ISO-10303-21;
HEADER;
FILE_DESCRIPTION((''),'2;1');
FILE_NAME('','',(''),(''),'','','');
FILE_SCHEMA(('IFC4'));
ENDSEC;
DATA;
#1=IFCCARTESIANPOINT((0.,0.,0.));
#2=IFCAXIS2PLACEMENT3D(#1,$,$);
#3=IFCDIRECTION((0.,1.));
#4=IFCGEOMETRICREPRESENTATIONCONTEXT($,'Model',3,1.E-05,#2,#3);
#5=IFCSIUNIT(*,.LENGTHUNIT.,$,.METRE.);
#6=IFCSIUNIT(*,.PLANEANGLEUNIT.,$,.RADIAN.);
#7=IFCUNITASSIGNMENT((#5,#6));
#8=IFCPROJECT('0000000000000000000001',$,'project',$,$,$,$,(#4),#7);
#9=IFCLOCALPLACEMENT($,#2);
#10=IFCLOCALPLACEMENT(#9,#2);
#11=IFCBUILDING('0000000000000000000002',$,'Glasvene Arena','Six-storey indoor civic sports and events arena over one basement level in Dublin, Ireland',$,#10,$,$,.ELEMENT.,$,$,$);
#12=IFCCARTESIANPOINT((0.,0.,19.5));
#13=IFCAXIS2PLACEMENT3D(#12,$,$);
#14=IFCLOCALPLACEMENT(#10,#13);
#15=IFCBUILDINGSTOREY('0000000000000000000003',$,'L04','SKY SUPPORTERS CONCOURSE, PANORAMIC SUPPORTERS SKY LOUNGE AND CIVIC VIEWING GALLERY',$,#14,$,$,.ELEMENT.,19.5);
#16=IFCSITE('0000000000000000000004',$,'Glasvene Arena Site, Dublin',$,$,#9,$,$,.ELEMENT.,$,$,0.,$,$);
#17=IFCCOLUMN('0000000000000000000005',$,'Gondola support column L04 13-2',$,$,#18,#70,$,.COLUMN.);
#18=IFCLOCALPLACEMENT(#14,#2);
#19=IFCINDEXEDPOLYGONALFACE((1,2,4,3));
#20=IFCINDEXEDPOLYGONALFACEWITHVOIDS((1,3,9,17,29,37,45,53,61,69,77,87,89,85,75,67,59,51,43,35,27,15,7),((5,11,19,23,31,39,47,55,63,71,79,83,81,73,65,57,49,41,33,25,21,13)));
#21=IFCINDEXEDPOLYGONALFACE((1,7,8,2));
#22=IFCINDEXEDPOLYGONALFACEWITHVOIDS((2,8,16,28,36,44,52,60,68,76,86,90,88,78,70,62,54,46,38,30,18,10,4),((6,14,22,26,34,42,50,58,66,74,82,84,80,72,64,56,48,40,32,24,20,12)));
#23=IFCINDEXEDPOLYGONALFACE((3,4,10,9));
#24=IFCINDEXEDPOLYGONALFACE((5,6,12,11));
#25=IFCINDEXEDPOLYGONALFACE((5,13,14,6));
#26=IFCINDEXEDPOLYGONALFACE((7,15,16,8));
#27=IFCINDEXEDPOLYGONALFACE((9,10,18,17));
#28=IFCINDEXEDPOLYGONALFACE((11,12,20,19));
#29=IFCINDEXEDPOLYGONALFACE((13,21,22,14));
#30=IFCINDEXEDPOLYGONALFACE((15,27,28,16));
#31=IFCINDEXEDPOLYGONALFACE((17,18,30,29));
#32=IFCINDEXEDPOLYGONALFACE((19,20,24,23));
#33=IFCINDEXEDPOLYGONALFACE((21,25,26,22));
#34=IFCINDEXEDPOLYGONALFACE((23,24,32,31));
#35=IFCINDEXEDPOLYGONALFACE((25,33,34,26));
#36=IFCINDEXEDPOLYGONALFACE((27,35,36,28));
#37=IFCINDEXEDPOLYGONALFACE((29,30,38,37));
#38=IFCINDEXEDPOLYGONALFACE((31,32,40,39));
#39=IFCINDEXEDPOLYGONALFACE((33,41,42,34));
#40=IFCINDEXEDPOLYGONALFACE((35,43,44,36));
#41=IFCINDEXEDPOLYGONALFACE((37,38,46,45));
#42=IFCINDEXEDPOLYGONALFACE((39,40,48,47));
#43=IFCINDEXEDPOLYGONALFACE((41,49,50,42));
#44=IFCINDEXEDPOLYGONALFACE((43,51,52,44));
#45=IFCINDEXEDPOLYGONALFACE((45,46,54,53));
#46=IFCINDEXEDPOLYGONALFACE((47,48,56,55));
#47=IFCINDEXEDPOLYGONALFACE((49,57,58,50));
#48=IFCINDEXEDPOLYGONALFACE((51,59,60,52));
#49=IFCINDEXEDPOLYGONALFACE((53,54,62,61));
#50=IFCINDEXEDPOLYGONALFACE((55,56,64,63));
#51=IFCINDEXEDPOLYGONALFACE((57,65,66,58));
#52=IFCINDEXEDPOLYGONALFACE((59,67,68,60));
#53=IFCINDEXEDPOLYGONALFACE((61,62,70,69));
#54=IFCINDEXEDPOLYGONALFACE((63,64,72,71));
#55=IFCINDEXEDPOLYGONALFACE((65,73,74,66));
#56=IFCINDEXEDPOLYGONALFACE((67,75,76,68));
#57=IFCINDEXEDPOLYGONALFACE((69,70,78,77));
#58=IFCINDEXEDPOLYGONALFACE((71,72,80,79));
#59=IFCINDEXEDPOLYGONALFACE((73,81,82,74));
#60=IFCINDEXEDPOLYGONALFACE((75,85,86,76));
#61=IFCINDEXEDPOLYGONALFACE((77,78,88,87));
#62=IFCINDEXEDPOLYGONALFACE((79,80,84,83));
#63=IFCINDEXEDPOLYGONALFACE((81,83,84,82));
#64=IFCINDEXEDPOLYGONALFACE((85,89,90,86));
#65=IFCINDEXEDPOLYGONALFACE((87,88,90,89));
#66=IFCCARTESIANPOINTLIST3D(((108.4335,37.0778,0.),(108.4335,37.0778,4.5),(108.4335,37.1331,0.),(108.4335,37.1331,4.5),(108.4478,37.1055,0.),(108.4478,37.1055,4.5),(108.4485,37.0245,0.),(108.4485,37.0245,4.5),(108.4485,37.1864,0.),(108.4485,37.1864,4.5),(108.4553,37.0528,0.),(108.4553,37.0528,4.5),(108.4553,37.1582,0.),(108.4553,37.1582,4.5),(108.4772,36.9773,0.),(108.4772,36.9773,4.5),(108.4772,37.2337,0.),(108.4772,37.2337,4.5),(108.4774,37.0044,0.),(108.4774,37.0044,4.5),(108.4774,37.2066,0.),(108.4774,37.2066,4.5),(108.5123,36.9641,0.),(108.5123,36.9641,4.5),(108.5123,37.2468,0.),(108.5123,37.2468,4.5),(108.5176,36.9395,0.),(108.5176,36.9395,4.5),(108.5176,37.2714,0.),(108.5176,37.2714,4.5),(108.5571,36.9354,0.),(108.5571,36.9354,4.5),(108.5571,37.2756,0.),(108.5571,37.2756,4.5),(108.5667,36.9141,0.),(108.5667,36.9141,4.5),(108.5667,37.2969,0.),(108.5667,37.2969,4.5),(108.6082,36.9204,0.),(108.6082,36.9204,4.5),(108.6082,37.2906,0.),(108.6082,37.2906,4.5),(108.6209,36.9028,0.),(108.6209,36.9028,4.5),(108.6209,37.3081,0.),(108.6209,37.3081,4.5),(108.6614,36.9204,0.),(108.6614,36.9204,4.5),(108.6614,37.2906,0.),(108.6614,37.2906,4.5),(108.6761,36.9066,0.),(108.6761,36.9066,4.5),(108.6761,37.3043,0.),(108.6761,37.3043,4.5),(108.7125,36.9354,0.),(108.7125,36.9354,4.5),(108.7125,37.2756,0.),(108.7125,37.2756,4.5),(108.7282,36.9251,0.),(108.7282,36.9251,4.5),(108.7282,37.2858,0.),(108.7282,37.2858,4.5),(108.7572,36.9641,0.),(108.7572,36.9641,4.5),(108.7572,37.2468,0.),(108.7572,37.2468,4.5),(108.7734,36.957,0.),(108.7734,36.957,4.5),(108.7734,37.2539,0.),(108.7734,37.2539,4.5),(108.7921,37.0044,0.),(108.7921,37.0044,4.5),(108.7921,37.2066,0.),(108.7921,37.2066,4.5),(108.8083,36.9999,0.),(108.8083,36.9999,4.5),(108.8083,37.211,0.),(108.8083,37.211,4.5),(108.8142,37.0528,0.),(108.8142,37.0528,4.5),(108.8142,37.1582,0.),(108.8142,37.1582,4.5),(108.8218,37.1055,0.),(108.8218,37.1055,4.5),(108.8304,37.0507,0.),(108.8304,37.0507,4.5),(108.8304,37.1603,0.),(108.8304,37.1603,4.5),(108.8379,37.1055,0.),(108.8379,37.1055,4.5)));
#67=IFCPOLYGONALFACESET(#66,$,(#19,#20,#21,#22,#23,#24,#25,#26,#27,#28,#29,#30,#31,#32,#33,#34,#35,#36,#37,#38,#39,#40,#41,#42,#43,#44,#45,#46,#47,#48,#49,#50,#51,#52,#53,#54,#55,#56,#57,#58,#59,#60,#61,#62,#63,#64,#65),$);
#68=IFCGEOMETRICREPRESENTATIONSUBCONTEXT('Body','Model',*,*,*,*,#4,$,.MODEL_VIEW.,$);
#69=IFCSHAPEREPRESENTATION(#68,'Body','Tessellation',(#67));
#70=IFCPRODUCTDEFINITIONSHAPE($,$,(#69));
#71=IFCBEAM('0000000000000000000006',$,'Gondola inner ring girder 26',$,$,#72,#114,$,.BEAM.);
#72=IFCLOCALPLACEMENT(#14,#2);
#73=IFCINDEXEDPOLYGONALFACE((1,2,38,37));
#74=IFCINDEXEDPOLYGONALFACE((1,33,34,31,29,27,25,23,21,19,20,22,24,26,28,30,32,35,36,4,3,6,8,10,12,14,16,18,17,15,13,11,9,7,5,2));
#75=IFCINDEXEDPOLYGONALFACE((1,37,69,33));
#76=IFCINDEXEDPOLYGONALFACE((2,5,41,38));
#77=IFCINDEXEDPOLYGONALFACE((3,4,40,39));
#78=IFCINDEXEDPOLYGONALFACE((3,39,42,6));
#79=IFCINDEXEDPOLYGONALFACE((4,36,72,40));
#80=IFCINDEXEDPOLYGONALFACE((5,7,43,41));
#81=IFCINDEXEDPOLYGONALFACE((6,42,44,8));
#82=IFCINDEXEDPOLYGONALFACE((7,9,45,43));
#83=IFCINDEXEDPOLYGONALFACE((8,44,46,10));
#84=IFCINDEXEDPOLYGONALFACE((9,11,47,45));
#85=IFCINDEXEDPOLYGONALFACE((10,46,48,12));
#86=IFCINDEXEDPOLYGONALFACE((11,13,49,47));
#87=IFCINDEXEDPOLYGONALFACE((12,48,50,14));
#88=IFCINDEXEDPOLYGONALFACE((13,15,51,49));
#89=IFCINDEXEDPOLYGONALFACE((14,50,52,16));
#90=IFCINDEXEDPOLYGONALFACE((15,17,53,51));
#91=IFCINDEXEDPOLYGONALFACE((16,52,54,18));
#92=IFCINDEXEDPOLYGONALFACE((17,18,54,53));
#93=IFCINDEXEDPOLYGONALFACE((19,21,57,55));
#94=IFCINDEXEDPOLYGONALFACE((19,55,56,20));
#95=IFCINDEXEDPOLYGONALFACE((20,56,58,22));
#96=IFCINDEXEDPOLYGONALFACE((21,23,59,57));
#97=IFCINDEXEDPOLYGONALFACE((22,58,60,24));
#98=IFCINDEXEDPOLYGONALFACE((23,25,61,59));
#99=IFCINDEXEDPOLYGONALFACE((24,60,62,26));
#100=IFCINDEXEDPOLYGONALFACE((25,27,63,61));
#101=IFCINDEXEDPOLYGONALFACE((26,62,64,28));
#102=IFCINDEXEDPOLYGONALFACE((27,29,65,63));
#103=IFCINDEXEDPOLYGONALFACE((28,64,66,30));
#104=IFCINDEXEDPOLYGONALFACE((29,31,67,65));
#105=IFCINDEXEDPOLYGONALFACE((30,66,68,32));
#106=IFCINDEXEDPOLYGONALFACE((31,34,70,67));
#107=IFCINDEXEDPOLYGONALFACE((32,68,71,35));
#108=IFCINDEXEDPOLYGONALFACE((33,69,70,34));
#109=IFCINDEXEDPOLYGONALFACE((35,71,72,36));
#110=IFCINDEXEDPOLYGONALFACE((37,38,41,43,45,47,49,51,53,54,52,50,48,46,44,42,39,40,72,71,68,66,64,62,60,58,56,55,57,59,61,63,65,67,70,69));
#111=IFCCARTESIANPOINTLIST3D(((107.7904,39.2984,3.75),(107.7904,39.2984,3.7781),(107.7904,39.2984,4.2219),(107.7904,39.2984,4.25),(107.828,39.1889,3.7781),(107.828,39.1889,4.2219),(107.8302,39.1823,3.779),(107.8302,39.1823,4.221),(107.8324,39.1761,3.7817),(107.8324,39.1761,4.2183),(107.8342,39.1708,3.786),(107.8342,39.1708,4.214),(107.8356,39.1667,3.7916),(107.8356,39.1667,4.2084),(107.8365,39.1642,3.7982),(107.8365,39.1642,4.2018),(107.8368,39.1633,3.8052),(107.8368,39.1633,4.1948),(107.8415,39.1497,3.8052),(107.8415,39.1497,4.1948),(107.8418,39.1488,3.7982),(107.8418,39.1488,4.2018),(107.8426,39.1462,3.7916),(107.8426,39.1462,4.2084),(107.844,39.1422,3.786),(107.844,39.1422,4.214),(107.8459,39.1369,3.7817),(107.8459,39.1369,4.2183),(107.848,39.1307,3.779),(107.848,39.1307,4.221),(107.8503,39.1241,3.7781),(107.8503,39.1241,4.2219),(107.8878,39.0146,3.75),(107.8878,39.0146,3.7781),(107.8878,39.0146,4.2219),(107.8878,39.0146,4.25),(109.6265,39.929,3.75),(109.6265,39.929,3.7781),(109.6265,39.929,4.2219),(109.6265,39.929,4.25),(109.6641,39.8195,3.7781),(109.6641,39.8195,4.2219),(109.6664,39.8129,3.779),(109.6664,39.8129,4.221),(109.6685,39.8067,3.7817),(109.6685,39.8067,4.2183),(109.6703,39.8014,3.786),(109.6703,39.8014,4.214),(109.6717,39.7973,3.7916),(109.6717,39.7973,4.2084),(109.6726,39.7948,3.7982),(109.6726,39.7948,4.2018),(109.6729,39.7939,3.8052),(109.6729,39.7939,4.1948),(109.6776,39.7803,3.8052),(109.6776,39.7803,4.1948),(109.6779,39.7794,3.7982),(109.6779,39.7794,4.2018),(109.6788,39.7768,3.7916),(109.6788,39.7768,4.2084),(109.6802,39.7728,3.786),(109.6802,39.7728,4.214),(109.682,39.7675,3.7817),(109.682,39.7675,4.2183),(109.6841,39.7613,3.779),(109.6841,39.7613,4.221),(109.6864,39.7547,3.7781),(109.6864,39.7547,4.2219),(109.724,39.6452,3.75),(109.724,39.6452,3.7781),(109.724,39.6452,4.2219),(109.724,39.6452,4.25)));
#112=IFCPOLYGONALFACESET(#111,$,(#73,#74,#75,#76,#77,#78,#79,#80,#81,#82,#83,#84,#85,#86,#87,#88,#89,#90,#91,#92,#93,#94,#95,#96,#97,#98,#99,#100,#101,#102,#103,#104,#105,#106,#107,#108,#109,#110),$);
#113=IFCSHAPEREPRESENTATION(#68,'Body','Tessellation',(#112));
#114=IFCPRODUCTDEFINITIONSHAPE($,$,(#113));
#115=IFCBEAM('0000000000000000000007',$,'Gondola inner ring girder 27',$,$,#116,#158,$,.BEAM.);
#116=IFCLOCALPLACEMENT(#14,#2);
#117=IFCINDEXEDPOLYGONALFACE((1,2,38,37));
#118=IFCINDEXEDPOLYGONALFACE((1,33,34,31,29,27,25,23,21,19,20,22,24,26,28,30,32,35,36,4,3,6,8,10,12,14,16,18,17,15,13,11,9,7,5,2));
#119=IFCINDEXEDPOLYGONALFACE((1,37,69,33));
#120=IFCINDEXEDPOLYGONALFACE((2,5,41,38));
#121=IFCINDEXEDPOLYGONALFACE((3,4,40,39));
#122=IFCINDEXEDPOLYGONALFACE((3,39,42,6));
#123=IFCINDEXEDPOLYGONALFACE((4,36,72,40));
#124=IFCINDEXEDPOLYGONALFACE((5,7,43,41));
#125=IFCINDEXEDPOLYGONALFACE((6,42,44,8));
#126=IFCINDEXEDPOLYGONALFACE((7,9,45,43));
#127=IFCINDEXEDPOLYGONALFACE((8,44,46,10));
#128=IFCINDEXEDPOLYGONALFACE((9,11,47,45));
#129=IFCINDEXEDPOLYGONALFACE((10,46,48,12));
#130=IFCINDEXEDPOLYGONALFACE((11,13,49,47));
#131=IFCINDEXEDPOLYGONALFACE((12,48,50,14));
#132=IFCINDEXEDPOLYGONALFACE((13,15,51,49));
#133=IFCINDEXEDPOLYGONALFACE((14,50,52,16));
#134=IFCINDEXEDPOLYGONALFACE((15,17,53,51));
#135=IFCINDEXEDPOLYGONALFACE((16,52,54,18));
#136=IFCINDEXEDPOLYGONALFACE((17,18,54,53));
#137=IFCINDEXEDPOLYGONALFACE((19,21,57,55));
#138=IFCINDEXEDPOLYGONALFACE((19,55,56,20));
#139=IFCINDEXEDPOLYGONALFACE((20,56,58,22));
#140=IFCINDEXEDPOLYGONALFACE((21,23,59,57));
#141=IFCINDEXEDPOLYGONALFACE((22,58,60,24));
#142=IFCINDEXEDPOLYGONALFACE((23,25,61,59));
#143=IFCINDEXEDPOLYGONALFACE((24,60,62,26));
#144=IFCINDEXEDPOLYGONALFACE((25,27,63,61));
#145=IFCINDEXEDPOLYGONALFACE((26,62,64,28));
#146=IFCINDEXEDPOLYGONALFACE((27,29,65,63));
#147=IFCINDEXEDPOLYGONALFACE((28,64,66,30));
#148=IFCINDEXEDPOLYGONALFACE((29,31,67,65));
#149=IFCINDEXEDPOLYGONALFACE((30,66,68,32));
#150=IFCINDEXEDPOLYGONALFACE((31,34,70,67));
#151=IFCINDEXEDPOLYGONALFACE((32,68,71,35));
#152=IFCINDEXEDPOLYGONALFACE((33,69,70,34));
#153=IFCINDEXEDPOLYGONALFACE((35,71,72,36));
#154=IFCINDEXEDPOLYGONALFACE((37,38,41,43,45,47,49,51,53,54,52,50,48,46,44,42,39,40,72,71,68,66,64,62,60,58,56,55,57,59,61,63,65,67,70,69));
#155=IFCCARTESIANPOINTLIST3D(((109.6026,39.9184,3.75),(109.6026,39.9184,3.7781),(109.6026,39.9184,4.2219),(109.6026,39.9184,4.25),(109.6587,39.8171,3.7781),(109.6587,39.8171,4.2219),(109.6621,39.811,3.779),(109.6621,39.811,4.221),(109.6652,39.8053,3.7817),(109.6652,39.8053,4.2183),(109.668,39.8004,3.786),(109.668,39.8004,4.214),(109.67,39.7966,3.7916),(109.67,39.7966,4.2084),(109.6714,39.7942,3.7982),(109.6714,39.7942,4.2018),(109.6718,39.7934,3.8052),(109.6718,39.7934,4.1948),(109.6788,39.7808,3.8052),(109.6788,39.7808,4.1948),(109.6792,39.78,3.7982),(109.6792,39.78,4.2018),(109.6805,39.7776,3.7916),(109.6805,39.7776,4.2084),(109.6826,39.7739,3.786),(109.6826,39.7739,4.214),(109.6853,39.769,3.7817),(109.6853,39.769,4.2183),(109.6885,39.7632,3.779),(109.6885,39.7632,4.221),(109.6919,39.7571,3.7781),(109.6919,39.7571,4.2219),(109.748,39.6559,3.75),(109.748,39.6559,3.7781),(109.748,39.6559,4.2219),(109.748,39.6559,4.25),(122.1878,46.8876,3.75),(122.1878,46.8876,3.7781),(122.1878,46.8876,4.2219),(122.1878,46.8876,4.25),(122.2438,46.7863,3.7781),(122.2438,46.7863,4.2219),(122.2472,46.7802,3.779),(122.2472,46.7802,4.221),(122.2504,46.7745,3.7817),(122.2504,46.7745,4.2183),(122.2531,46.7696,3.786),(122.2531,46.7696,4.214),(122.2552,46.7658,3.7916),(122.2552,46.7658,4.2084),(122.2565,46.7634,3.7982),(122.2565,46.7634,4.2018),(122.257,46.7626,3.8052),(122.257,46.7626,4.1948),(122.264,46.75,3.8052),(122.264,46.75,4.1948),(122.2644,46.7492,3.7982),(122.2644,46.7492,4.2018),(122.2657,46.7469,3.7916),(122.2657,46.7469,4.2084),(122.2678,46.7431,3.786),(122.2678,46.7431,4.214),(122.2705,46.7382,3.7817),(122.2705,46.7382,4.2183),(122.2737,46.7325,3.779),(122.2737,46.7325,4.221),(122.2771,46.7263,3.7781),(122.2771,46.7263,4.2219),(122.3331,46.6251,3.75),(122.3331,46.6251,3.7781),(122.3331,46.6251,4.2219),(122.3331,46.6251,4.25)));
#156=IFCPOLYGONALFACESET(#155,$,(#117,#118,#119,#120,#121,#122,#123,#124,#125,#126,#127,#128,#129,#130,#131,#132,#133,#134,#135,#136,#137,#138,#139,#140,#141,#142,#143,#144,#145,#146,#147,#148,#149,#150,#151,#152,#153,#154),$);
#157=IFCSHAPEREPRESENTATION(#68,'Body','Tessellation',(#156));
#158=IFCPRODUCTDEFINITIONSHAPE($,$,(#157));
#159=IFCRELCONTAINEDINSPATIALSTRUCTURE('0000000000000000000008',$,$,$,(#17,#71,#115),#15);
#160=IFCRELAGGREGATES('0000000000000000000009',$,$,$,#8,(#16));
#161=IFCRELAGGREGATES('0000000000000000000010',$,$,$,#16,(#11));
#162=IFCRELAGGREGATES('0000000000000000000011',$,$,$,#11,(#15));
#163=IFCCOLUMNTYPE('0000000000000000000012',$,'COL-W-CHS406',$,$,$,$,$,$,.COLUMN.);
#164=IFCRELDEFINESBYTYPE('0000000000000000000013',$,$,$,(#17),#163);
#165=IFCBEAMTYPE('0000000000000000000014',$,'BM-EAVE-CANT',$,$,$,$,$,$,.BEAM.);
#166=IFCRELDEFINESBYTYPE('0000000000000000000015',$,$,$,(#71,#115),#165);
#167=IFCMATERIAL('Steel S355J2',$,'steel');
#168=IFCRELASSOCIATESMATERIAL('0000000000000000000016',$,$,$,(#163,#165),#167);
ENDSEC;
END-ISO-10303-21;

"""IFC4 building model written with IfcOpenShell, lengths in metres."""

from ifc_helpers import new_model, si_unit, direction, frame, origin, origin_2d, place, context, subcontext, project, spatial, hollow_circle, i_section, extrude, material, material_profile, profile_set, type_object, element, save


model = new_model("IFC4")

# Units and contexts
model_context = context("Model", 3, precision=1e-05, world=origin(), true_north=direction((0.0, 1.0)))
body_context = subcontext(model_context, "Body", "Model", "MODEL_VIEW")
ifc_project = project(units=[si_unit("LENGTHUNIT", "METRE"), si_unit("PLANEANGLEUNIT", "RADIAN")], contexts=[model_context])

# Site, building, storey
site_placement = place(None, origin())
site = spatial("IfcSite", under=ifc_project, at=site_placement, Name="Glasvene Arena Site, Dublin", CompositionType="ELEMENT", RefElevation=0.0)
building_placement = place(site_placement, origin())
building = spatial("IfcBuilding", under=site, at=building_placement, Name="Glasvene Arena", Description="Six-storey indoor civic sports and events arena over one basement level in Dublin, Ireland", CompositionType="ELEMENT")
storey_placement = place(building_placement, frame((0.0, 0.0, 19.5)))
storey = spatial("IfcBuildingStorey", under=building, at=storey_placement, Name="L04", Description="SKY SUPPORTERS CONCOURSE, PANORAMIC SUPPORTERS SKY LOUNGE AND CIVIC VIEWING GALLERY", CompositionType="ELEMENT", Elevation=19.5)

# Column
ifc_material_1 = material(Name="Steel S355J2", Category="steel")
ifc_material_profile_1 = material_profile(ifc_material_1, hollow_circle(Radius=0.2031, WallThickness=0.0161, at=origin_2d()), Name="CHS 406.4x16.0")
ifc_profile_set_1 = profile_set([ifc_material_profile_1], Name="Steel S355J2")
column_type = type_object("IfcColumnType", Name="COL-W-CHS406", PredefinedType="COLUMN", material=ifc_profile_set_1)
column_placement = place(storey_placement, frame((108.6348, 37.1055, 0.0), z_axis=(0.0, 0.0, 1.0), x_axis=(1.0, 0.0, 0.0)))
element("IfcColumn", 1, at=column_placement, inside=storey, type_object=column_type, Name="Gondola support column L04 13-2", PredefinedType="COLUMN", context=body_context, shape_type="SweptSolid", body=[
    extrude(hollow_circle(Radius=0.2031, WallThickness=0.0161, at=origin_2d()), origin(), (0.0, 0.0, 1.0), 4.5),
])

# Beams
ifc_material_profile_2 = material_profile(ifc_material_1, i_section(OverallWidth=0.3, OverallDepth=0.5, WebThickness=0.0144, FlangeThickness=0.0281, FilletRadius=0.0271, at=origin_2d()), Name="HEB 500")
ifc_profile_set_2 = profile_set([ifc_material_profile_2], Name="Steel S355J2")
beam_type_1 = type_object("IfcBeamType", Name="BM-EAVE-CANT", PredefinedType="BEAM", material=ifc_profile_set_2)
beam_1_placement = place(storey_placement, frame((107.8391, 39.1565, 4.0), z_axis=(0.945777, 0.324816, 0.0), x_axis=(-0.324816, 0.945777, 0.0)))
element("IfcBeam", 2, at=beam_1_placement, inside=storey, type_object=beam_type_1, Name="Gondola inner ring girder 26", PredefinedType="BEAM", context=body_context, shape_type="SweptSolid", body=[
    extrude(i_section(OverallWidth=0.3, OverallDepth=0.5, WebThickness=0.0144, FlangeThickness=0.0281, FilletRadius=0.0271, at=origin_2d()), origin(), (0.0, 0.0, 1.0), 1.9414),
])
beam_2_placement = place(storey_placement, frame((109.6753, 39.7871, 4.0), z_axis=(0.874822, 0.484445, 0.0), x_axis=(-0.484445, 0.874822, 0.0)))
element("IfcBeam", 3, at=beam_2_placement, inside=storey, type_object=beam_type_1, Name="Gondola inner ring girder 27", PredefinedType="BEAM", context=body_context, shape_type="SweptSolid", body=[
    extrude(i_section(OverallWidth=0.3, OverallDepth=0.5, WebThickness=0.0144, FlangeThickness=0.0281, FilletRadius=0.0271, at=origin_2d()), origin(), (0.0, 0.0, 1.0), 14.386),
])

save(model, "model.ifc")
